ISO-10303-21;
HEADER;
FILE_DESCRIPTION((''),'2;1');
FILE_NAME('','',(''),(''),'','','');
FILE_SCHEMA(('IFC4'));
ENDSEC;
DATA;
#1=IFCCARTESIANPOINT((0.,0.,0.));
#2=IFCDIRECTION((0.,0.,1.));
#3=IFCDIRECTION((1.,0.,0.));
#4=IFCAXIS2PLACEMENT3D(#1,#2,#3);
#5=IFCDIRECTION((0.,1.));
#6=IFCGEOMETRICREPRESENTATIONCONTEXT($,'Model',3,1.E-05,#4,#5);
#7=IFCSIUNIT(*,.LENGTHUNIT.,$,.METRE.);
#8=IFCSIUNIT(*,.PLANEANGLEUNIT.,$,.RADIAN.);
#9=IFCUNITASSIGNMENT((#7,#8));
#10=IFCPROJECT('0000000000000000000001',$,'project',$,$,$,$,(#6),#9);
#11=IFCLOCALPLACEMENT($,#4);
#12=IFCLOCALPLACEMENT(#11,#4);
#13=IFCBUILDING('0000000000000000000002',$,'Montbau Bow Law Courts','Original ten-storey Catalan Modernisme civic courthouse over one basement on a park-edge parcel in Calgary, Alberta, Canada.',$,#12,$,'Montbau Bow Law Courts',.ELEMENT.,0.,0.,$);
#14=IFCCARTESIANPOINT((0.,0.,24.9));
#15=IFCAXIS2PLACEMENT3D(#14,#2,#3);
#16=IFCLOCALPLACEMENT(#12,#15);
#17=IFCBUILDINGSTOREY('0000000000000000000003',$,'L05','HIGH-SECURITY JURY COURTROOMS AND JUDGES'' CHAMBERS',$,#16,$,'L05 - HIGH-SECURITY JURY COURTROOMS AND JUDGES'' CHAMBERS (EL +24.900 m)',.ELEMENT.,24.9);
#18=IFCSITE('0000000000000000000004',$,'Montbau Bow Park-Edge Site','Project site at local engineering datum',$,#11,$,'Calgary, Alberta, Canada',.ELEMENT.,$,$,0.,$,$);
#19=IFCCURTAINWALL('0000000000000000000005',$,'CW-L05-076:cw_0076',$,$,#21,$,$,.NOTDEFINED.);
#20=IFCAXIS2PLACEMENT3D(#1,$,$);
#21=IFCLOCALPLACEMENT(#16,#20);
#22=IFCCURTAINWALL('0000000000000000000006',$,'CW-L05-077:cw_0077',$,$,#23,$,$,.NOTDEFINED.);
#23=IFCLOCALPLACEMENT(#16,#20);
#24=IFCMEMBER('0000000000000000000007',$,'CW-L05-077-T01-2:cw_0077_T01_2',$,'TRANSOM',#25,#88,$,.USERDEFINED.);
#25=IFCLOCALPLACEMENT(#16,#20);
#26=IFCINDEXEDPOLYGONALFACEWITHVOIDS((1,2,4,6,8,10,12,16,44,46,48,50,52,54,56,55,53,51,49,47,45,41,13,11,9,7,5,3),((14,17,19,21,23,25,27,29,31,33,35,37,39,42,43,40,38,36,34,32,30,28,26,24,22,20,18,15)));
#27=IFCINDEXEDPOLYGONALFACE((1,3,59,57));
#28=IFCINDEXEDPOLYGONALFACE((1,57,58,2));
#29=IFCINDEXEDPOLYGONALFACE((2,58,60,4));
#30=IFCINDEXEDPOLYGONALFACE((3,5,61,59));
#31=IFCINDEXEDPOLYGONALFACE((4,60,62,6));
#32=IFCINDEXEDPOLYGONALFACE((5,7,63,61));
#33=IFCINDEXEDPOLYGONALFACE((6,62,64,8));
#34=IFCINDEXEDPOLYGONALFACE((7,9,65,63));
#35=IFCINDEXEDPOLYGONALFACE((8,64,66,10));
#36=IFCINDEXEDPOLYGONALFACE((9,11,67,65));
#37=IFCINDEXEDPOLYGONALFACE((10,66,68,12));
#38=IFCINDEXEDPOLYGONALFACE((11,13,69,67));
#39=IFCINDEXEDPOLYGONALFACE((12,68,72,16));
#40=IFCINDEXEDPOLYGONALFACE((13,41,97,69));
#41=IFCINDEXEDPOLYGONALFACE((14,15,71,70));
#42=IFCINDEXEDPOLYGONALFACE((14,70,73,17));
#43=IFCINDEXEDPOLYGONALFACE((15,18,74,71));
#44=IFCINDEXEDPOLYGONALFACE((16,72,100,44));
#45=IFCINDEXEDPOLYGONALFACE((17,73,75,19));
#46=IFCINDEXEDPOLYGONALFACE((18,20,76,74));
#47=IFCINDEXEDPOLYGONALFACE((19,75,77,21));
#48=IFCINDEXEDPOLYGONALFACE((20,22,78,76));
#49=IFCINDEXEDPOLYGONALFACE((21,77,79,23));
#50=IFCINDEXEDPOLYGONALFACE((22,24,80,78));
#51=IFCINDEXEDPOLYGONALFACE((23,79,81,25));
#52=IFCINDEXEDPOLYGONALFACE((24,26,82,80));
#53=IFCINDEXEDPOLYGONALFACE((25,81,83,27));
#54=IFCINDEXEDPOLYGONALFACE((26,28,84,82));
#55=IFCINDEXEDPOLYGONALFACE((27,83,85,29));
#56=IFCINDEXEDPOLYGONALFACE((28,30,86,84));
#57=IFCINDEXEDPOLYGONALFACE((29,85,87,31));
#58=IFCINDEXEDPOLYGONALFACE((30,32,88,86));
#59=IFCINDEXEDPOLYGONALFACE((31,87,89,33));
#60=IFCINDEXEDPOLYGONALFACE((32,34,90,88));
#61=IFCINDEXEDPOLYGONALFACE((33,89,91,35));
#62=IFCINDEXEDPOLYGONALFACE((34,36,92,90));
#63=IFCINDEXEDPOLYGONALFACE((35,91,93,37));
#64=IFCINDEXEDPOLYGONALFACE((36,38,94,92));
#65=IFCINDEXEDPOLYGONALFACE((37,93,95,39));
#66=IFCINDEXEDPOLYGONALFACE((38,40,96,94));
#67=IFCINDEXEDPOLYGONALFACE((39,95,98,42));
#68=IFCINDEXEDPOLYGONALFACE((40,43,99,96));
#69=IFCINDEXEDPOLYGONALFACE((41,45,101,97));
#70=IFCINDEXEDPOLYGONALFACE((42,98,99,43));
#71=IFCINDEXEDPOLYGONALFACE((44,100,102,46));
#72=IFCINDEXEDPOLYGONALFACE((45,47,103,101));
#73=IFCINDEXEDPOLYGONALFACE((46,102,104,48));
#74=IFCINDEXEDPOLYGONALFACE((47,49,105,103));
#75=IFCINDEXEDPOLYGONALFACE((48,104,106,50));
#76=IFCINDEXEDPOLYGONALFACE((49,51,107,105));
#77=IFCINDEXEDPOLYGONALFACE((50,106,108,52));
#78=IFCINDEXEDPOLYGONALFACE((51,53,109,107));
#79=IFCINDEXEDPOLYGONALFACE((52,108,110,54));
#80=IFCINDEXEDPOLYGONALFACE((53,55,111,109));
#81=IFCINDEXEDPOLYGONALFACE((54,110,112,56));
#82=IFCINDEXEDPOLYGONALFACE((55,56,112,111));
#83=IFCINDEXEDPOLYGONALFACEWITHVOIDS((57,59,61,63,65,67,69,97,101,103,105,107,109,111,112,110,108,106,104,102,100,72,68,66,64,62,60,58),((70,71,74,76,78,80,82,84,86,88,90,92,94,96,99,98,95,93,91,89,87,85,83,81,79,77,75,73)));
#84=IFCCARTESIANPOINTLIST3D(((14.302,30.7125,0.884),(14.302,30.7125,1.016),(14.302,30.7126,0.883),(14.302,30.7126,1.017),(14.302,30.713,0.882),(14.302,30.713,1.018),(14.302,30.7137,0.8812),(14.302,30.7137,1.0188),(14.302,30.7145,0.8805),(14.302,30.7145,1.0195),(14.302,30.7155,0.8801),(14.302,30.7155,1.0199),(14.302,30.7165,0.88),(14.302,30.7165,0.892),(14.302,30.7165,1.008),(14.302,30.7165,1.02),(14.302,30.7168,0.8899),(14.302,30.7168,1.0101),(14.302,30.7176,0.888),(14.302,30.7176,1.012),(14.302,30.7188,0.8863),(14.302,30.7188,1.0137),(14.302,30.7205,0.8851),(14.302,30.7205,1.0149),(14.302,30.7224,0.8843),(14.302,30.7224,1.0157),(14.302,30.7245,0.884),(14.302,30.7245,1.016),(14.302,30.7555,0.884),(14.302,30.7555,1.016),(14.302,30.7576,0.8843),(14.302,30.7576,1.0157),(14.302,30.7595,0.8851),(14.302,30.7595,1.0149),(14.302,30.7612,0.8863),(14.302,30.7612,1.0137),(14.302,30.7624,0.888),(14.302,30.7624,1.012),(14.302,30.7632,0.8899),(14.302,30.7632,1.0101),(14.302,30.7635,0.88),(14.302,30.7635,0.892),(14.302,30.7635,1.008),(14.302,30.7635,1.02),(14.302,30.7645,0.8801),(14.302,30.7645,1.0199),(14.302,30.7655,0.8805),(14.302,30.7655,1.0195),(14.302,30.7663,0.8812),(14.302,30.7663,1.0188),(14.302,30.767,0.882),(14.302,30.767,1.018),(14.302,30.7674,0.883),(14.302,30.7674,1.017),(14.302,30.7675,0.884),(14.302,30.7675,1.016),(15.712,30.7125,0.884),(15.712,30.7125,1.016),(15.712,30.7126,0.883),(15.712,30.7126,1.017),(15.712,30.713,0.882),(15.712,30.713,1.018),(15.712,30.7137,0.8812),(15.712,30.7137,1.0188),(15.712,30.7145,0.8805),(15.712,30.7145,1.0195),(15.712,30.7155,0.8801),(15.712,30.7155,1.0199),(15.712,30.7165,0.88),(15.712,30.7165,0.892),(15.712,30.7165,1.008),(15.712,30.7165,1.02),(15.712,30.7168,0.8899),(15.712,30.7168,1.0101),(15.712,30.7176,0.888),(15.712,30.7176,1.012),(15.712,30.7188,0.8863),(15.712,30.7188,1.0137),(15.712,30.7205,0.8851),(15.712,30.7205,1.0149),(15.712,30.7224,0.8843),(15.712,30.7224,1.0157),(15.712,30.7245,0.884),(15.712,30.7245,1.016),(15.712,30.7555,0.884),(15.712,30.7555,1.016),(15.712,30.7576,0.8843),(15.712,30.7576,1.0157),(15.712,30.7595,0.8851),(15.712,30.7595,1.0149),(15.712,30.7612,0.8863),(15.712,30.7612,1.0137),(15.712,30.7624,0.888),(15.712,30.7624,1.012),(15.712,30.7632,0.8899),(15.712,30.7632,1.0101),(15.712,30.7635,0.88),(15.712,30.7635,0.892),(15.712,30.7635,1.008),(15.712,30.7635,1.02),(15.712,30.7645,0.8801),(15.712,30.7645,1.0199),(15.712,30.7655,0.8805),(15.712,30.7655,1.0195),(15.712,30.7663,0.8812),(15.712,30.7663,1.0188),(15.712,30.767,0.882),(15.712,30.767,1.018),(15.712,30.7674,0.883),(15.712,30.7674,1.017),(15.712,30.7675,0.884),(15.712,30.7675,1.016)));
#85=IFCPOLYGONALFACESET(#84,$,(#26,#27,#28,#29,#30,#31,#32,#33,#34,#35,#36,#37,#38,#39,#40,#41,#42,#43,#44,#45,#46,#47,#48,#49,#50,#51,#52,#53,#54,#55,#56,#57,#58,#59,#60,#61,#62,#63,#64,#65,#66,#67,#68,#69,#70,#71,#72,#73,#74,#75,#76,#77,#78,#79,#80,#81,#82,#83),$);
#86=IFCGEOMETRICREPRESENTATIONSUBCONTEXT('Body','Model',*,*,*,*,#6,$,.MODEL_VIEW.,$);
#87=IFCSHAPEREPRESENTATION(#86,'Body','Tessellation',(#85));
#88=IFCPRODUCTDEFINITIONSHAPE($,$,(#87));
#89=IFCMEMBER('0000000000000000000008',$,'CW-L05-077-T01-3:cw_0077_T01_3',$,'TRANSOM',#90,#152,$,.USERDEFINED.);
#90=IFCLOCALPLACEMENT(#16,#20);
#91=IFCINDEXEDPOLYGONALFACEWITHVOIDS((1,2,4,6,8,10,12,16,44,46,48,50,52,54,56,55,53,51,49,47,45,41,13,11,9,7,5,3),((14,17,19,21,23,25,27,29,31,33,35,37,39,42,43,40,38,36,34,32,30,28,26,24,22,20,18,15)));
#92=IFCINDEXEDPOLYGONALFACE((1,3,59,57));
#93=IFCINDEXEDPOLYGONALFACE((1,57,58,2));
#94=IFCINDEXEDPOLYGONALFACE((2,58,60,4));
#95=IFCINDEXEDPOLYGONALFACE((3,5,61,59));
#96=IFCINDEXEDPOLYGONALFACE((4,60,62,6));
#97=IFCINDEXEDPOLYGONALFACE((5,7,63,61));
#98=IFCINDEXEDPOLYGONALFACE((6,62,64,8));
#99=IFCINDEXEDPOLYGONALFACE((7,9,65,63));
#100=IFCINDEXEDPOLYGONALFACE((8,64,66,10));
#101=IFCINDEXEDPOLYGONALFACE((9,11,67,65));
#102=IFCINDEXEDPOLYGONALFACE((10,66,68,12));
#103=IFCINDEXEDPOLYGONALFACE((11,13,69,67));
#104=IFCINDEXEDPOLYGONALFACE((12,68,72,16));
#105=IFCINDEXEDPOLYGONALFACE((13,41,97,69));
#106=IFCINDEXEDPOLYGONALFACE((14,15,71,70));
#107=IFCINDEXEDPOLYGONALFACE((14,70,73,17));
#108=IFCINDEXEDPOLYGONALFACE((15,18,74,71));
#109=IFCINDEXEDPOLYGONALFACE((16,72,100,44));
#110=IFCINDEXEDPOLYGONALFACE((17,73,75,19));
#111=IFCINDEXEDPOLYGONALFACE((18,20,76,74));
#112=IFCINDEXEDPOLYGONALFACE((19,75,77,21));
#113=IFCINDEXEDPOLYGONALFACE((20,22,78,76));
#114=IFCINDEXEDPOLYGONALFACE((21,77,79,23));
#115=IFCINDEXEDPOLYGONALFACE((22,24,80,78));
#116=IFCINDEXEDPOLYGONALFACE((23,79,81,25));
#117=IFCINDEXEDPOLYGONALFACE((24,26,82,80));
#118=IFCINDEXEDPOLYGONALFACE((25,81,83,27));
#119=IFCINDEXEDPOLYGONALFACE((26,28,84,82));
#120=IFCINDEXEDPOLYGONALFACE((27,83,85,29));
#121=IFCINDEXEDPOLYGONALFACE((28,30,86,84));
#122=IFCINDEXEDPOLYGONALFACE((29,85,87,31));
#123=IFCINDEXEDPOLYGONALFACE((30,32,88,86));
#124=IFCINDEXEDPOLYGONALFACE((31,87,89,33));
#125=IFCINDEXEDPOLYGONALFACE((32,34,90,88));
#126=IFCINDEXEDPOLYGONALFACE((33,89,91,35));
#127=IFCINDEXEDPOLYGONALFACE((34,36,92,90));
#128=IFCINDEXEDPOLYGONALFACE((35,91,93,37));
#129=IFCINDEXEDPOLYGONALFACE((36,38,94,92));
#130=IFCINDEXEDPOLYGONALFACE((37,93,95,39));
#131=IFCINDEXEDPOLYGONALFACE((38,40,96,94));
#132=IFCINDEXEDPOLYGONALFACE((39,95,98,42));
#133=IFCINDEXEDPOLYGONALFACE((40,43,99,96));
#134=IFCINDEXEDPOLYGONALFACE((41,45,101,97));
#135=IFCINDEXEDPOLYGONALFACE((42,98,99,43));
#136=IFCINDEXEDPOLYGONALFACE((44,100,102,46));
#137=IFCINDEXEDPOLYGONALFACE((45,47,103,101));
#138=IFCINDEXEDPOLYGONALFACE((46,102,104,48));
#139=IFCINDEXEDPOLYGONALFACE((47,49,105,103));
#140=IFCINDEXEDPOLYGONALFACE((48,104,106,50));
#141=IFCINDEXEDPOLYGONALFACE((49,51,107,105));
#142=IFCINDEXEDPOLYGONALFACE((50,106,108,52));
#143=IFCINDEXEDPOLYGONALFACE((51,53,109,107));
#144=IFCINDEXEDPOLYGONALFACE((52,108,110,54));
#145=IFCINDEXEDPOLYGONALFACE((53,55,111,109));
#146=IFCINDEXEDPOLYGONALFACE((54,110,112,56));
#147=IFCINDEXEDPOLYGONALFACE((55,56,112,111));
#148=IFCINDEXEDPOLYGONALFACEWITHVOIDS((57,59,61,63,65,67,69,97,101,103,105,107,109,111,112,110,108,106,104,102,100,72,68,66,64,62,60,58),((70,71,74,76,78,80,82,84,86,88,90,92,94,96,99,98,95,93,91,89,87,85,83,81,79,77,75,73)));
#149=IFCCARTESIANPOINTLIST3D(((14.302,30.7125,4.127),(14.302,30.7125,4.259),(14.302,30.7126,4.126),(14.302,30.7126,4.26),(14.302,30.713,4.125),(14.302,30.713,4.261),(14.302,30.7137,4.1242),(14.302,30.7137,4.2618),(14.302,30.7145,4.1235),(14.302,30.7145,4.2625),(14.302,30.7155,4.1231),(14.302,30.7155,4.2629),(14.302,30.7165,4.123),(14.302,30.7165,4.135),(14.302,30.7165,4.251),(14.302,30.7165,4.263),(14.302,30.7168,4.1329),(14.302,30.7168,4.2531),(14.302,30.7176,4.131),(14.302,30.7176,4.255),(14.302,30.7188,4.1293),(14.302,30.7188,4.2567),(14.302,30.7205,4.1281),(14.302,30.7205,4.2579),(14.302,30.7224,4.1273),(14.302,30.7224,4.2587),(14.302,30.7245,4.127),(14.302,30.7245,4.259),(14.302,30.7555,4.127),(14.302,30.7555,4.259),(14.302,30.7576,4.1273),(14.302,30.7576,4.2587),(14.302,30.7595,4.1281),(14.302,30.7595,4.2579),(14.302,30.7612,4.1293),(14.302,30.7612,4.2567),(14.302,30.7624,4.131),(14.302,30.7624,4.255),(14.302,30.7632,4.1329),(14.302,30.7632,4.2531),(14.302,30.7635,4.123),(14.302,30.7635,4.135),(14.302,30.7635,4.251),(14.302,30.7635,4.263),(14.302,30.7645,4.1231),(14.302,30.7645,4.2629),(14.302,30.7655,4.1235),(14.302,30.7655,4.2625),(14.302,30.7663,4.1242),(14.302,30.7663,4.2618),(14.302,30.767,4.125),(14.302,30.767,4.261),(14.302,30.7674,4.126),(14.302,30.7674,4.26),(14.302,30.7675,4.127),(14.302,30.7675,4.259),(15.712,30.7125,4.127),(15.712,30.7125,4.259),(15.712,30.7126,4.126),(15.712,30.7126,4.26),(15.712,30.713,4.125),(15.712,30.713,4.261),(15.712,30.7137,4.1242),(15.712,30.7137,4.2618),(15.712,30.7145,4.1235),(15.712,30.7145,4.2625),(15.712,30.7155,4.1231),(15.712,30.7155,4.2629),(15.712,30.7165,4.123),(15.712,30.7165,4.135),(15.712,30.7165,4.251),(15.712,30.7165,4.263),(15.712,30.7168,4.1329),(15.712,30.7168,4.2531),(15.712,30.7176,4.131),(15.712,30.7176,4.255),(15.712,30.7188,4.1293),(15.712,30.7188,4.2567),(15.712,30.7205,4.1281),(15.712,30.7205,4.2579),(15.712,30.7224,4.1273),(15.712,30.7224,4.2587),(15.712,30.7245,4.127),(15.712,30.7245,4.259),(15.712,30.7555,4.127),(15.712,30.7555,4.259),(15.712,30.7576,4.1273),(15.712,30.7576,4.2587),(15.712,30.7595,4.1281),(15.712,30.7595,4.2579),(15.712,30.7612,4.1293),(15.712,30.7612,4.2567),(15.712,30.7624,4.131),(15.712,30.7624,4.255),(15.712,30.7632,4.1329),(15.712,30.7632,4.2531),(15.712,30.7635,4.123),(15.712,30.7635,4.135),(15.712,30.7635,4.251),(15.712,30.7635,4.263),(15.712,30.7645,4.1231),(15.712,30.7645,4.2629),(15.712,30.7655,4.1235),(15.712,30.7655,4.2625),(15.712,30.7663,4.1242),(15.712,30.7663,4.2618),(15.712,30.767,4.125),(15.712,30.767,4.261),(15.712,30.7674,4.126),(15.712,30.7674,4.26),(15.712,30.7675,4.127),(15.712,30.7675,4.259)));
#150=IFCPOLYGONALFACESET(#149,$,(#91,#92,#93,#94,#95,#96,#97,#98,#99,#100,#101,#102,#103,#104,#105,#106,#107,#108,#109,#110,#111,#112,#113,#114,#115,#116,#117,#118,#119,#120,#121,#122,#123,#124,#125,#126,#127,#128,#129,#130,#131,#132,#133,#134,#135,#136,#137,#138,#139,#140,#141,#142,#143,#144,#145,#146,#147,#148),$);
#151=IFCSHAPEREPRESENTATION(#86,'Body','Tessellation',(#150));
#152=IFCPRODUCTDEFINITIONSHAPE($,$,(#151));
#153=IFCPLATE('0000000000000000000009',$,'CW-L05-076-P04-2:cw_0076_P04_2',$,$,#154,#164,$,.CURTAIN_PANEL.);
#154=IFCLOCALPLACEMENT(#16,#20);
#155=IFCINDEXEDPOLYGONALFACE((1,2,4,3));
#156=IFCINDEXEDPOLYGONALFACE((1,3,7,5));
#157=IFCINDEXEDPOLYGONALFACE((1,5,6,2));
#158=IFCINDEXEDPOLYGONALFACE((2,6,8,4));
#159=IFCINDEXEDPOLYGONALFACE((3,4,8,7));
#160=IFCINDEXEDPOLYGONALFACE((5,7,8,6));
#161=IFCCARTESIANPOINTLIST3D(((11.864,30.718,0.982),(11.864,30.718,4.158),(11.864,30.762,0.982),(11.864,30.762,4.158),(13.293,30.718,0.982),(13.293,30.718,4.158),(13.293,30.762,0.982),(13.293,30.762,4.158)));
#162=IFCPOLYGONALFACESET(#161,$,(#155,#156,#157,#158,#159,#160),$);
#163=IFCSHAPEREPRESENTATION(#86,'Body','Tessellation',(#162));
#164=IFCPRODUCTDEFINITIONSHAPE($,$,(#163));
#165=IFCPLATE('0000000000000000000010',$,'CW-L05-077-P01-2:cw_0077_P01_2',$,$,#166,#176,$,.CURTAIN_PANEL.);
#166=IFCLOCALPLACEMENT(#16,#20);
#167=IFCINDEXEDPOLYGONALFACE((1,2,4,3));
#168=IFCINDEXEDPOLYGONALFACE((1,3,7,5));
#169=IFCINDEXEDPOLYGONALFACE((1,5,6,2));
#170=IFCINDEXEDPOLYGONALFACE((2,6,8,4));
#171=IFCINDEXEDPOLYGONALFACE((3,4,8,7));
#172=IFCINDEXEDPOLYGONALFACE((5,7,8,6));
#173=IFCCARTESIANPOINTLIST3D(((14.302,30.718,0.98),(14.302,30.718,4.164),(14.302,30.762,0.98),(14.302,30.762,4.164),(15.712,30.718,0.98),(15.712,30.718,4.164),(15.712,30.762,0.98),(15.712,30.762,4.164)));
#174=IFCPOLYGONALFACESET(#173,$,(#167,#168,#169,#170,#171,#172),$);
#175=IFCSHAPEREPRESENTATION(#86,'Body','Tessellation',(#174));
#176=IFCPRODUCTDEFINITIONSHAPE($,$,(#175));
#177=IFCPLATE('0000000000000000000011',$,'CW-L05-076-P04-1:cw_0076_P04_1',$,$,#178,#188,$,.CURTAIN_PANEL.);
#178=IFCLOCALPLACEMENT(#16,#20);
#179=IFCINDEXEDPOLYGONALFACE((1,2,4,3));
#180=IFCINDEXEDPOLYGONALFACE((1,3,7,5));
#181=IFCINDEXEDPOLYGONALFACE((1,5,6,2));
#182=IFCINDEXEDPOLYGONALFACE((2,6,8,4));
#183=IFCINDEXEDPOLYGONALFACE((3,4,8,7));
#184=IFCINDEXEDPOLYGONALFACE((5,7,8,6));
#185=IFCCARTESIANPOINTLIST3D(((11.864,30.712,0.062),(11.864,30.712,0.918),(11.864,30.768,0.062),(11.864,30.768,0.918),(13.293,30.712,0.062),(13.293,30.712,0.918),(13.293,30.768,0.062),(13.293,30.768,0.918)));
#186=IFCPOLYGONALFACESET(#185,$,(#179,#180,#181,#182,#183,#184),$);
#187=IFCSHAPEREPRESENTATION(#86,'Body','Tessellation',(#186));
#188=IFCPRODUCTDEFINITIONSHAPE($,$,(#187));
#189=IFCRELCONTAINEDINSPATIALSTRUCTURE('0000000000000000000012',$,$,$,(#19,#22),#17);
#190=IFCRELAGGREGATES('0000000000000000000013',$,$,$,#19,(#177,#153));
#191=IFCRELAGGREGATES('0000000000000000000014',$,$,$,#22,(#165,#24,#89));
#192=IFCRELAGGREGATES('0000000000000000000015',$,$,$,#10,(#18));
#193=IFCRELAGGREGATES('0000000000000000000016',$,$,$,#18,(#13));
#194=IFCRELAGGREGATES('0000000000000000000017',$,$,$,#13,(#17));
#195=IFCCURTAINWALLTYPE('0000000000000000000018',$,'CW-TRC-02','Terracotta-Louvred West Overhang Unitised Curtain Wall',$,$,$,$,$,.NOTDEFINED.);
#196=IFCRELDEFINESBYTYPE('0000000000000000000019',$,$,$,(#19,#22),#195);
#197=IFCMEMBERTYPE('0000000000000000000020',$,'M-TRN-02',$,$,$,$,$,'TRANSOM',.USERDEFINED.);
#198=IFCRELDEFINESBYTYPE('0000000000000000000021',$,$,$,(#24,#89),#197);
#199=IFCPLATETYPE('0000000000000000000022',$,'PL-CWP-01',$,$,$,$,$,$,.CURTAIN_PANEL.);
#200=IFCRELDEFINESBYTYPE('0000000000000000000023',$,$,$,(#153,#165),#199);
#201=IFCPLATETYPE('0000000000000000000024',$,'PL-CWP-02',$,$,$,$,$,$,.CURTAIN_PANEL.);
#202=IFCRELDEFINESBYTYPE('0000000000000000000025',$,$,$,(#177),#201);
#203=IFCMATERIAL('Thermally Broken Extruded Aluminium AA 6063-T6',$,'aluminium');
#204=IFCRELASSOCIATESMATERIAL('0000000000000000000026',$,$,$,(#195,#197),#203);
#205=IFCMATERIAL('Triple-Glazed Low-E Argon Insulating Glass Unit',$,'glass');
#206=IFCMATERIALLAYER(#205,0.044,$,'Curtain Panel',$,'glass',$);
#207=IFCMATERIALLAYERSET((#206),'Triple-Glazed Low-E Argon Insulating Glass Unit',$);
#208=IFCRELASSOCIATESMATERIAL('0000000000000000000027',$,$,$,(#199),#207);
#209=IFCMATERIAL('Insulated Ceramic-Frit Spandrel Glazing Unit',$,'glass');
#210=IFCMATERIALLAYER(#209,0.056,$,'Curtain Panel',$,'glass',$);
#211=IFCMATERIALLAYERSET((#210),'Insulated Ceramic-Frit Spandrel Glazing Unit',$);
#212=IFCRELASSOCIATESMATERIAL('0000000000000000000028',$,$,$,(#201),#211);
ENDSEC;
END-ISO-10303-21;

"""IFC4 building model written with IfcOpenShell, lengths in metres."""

from ifc_helpers import new_model, si_unit, direction, frame, frame_2d, origin_with_axes, origin_2d_with_axis, place, context, subcontext, project, spatial, rectangle, hollow_rectangle, extrude, material, layer, layer_set, material_profile, profile_set, type_object, element, aggregate, save


model = new_model("IFC4")

# Units and contexts
model_context = context("Model", 3, precision=1e-05, world=origin_with_axes(), true_north=direction((0.0, 1.0)))
body_context = subcontext(model_context, "Body", "Model", "MODEL_VIEW")
ifc_project = project(units=[si_unit("LENGTHUNIT", "METRE"), si_unit("PLANEANGLEUNIT", "RADIAN")], contexts=[model_context])

# Site, building, storey
site_placement = place(None, origin_with_axes())
site = spatial("IfcSite", under=ifc_project, at=site_placement, Name="Montbau Bow Park-Edge Site", Description="Project site at local engineering datum", LongName="Calgary, Alberta, Canada", CompositionType="ELEMENT", RefElevation=0.0)
building_placement = place(site_placement, origin_with_axes())
building = spatial("IfcBuilding", under=site, at=building_placement, Name="Montbau Bow Law Courts", Description="Original ten-storey Catalan Modernisme civic courthouse over one basement on a park-edge parcel in Calgary, Alberta, Canada.", LongName="Montbau Bow Law Courts", CompositionType="ELEMENT", ElevationOfRefHeight=0.0, ElevationOfTerrain=0.0)
storey_placement = place(building_placement, frame((0.0, 0.0, 24.9), z_axis=(0.0, 0.0, 1.0), x_axis=(1.0, 0.0, 0.0)))
storey = spatial("IfcBuildingStorey", under=building, at=storey_placement, Name="L05", Description="HIGH-SECURITY JURY COURTROOMS AND JUDGES' CHAMBERS", LongName="L05 - HIGH-SECURITY JURY COURTROOMS AND JUDGES' CHAMBERS (EL +24.900 m)", CompositionType="ELEMENT", Elevation=24.9)

# Curtain wall
ifc_material_1 = material(Name="Thermally Broken Extruded Aluminium AA 6063-T6", Category="aluminium")
curtain_wall_type = type_object("IfcCurtainWallType", Name="CW-TRC-02", Description="Terracotta-Louvred West Overhang Unitised Curtain Wall", PredefinedType="NOTDEFINED", material=ifc_material_1)
curtain_wall_1_placement = place(None, frame((7.24, 30.74, 24.9), z_axis=(0.0, 0.0, 1.0), x_axis=(1.0, 0.0, 0.0)))
curtain_wall_1 = element("IfcCurtainWall", 1, at=curtain_wall_1_placement, inside=storey, type_object=curtain_wall_type, Name="CW-L05-076:cw_0076", PredefinedType="NOTDEFINED")

# Curtain wall
curtain_wall_2_placement = place(None, frame((14.24, 30.74, 24.9), z_axis=(0.0, 0.0, 1.0), x_axis=(1.0, 0.0, 0.0)))
curtain_wall_2 = element("IfcCurtainWall", 2, at=curtain_wall_2_placement, inside=storey, type_object=curtain_wall_type, Name="CW-L05-077:cw_0077", PredefinedType="NOTDEFINED")

# Members
ifc_material_profile_1 = material_profile(ifc_material_1, hollow_rectangle(XDim=0.055, YDim=0.14, WallThickness=0.004, InnerFilletRadius=0.008, OuterFilletRadius=0.004, at=origin_2d_with_axis()), Name="CWT-140X55", Category="Main", Priority=0)
ifc_profile_set_1 = profile_set([ifc_material_profile_1], Name="Thermally Broken Extruded Aluminium AA 6063-T6")
member_type_1 = type_object("IfcMemberType", Name="M-TRN-02", ElementType="TRANSOM", PredefinedType="USERDEFINED", material=ifc_profile_set_1)
member_1_placement = place(None, frame((14.302, 30.74, 25.85), z_axis=(1.0, 0.0, 0.0), x_axis=(0.0, 1.0, 0.0)))
member_1 = element("IfcMember", 3, at=member_1_placement, type_object=member_type_1, Name="CW-L05-077-T01-2:cw_0077_T01_2", ObjectType="TRANSOM", PredefinedType="USERDEFINED", context=body_context, shape_type="SweptSolid", body=[
    extrude(hollow_rectangle(XDim=0.055, YDim=0.14, WallThickness=0.004, InnerFilletRadius=0.008, OuterFilletRadius=0.004, at=origin_2d_with_axis()), origin_with_axes(), (0.0, 0.0, 1.0), 1.41),
])
member_2_placement = place(None, frame((14.302, 30.74, 29.093), z_axis=(1.0, 0.0, 0.0), x_axis=(0.0, 1.0, 0.0)))
member_2 = element("IfcMember", 4, at=member_2_placement, type_object=member_type_1, Name="CW-L05-077-T01-3:cw_0077_T01_3", ObjectType="TRANSOM", PredefinedType="USERDEFINED", context=body_context, shape_type="SweptSolid", body=[
    extrude(hollow_rectangle(XDim=0.055, YDim=0.14, WallThickness=0.004, InnerFilletRadius=0.008, OuterFilletRadius=0.004, at=origin_2d_with_axis()), origin_with_axes(), (0.0, 0.0, 1.0), 1.41),
])

# Plates
ifc_material_2 = material(Name="Triple-Glazed Low-E Argon Insulating Glass Unit", Category="glass")
ifc_layer_1 = layer(ifc_material_2, 0.044, Name="Curtain Panel", Category="glass")
ifc_layer_set_1 = layer_set([ifc_layer_1], Name="Triple-Glazed Low-E Argon Insulating Glass Unit")
plate_type_1 = type_object("IfcPlateType", Name="PL-CWP-01", PredefinedType="CURTAIN_PANEL", material=ifc_layer_set_1)
plate_1_placement = place(None, frame((11.864, 30.74, 25.882), z_axis=(0.0, -1.0, 0.0), x_axis=(1.0, 0.0, 0.0)))
plate_1 = element("IfcPlate", 5, at=plate_1_placement, type_object=plate_type_1, Name="CW-L05-076-P04-2:cw_0076_P04_2", PredefinedType="CURTAIN_PANEL", context=body_context, shape_type="SweptSolid", body=[
    extrude(rectangle(XDim=1.429, YDim=3.176, at=frame_2d((0.7145, 1.588), x_axis=(1.0, 0.0))), frame((0.0, 0.0, -0.022), z_axis=(0.0, 0.0, 1.0), x_axis=(1.0, 0.0, 0.0)), (0.0, 0.0, 1.0), 0.044),
])
plate_2_placement = place(None, frame((14.302, 30.74, 25.88), z_axis=(0.0, -1.0, 0.0), x_axis=(1.0, 0.0, 0.0)))
plate_2 = element("IfcPlate", 6, at=plate_2_placement, type_object=plate_type_1, Name="CW-L05-077-P01-2:cw_0077_P01_2", PredefinedType="CURTAIN_PANEL", context=body_context, shape_type="SweptSolid", body=[
    extrude(rectangle(XDim=1.41, YDim=3.184, at=frame_2d((0.705, 1.592), x_axis=(1.0, 0.0))), frame((0.0, 0.0, -0.022), z_axis=(0.0, 0.0, 1.0), x_axis=(1.0, 0.0, 0.0)), (0.0, 0.0, 1.0), 0.044),
])
ifc_material_3 = material(Name="Insulated Ceramic-Frit Spandrel Glazing Unit", Category="glass")
ifc_layer_2 = layer(ifc_material_3, 0.056, Name="Curtain Panel", Category="glass")
ifc_layer_set_2 = layer_set([ifc_layer_2], Name="Insulated Ceramic-Frit Spandrel Glazing Unit")
plate_type_2 = type_object("IfcPlateType", Name="PL-CWP-02", PredefinedType="CURTAIN_PANEL", material=ifc_layer_set_2)
plate_3_placement = place(None, frame((11.864, 30.74, 24.962), z_axis=(0.0, -1.0, 0.0), x_axis=(1.0, 0.0, 0.0)))
plate_3 = element("IfcPlate", 7, at=plate_3_placement, type_object=plate_type_2, Name="CW-L05-076-P04-1:cw_0076_P04_1", PredefinedType="CURTAIN_PANEL", context=body_context, shape_type="SweptSolid", body=[
    extrude(rectangle(XDim=1.429, YDim=0.856, at=frame_2d((0.7145, 0.428), x_axis=(1.0, 0.0))), frame((0.0, 0.0, -0.028), z_axis=(0.0, 0.0, 1.0), x_axis=(1.0, 0.0, 0.0)), (0.0, 0.0, 1.0), 0.056),
])
aggregate(curtain_wall_1, [plate_3, plate_1])
aggregate(curtain_wall_2, [plate_2, member_1, member_2])

save(model, "model.ifc")
